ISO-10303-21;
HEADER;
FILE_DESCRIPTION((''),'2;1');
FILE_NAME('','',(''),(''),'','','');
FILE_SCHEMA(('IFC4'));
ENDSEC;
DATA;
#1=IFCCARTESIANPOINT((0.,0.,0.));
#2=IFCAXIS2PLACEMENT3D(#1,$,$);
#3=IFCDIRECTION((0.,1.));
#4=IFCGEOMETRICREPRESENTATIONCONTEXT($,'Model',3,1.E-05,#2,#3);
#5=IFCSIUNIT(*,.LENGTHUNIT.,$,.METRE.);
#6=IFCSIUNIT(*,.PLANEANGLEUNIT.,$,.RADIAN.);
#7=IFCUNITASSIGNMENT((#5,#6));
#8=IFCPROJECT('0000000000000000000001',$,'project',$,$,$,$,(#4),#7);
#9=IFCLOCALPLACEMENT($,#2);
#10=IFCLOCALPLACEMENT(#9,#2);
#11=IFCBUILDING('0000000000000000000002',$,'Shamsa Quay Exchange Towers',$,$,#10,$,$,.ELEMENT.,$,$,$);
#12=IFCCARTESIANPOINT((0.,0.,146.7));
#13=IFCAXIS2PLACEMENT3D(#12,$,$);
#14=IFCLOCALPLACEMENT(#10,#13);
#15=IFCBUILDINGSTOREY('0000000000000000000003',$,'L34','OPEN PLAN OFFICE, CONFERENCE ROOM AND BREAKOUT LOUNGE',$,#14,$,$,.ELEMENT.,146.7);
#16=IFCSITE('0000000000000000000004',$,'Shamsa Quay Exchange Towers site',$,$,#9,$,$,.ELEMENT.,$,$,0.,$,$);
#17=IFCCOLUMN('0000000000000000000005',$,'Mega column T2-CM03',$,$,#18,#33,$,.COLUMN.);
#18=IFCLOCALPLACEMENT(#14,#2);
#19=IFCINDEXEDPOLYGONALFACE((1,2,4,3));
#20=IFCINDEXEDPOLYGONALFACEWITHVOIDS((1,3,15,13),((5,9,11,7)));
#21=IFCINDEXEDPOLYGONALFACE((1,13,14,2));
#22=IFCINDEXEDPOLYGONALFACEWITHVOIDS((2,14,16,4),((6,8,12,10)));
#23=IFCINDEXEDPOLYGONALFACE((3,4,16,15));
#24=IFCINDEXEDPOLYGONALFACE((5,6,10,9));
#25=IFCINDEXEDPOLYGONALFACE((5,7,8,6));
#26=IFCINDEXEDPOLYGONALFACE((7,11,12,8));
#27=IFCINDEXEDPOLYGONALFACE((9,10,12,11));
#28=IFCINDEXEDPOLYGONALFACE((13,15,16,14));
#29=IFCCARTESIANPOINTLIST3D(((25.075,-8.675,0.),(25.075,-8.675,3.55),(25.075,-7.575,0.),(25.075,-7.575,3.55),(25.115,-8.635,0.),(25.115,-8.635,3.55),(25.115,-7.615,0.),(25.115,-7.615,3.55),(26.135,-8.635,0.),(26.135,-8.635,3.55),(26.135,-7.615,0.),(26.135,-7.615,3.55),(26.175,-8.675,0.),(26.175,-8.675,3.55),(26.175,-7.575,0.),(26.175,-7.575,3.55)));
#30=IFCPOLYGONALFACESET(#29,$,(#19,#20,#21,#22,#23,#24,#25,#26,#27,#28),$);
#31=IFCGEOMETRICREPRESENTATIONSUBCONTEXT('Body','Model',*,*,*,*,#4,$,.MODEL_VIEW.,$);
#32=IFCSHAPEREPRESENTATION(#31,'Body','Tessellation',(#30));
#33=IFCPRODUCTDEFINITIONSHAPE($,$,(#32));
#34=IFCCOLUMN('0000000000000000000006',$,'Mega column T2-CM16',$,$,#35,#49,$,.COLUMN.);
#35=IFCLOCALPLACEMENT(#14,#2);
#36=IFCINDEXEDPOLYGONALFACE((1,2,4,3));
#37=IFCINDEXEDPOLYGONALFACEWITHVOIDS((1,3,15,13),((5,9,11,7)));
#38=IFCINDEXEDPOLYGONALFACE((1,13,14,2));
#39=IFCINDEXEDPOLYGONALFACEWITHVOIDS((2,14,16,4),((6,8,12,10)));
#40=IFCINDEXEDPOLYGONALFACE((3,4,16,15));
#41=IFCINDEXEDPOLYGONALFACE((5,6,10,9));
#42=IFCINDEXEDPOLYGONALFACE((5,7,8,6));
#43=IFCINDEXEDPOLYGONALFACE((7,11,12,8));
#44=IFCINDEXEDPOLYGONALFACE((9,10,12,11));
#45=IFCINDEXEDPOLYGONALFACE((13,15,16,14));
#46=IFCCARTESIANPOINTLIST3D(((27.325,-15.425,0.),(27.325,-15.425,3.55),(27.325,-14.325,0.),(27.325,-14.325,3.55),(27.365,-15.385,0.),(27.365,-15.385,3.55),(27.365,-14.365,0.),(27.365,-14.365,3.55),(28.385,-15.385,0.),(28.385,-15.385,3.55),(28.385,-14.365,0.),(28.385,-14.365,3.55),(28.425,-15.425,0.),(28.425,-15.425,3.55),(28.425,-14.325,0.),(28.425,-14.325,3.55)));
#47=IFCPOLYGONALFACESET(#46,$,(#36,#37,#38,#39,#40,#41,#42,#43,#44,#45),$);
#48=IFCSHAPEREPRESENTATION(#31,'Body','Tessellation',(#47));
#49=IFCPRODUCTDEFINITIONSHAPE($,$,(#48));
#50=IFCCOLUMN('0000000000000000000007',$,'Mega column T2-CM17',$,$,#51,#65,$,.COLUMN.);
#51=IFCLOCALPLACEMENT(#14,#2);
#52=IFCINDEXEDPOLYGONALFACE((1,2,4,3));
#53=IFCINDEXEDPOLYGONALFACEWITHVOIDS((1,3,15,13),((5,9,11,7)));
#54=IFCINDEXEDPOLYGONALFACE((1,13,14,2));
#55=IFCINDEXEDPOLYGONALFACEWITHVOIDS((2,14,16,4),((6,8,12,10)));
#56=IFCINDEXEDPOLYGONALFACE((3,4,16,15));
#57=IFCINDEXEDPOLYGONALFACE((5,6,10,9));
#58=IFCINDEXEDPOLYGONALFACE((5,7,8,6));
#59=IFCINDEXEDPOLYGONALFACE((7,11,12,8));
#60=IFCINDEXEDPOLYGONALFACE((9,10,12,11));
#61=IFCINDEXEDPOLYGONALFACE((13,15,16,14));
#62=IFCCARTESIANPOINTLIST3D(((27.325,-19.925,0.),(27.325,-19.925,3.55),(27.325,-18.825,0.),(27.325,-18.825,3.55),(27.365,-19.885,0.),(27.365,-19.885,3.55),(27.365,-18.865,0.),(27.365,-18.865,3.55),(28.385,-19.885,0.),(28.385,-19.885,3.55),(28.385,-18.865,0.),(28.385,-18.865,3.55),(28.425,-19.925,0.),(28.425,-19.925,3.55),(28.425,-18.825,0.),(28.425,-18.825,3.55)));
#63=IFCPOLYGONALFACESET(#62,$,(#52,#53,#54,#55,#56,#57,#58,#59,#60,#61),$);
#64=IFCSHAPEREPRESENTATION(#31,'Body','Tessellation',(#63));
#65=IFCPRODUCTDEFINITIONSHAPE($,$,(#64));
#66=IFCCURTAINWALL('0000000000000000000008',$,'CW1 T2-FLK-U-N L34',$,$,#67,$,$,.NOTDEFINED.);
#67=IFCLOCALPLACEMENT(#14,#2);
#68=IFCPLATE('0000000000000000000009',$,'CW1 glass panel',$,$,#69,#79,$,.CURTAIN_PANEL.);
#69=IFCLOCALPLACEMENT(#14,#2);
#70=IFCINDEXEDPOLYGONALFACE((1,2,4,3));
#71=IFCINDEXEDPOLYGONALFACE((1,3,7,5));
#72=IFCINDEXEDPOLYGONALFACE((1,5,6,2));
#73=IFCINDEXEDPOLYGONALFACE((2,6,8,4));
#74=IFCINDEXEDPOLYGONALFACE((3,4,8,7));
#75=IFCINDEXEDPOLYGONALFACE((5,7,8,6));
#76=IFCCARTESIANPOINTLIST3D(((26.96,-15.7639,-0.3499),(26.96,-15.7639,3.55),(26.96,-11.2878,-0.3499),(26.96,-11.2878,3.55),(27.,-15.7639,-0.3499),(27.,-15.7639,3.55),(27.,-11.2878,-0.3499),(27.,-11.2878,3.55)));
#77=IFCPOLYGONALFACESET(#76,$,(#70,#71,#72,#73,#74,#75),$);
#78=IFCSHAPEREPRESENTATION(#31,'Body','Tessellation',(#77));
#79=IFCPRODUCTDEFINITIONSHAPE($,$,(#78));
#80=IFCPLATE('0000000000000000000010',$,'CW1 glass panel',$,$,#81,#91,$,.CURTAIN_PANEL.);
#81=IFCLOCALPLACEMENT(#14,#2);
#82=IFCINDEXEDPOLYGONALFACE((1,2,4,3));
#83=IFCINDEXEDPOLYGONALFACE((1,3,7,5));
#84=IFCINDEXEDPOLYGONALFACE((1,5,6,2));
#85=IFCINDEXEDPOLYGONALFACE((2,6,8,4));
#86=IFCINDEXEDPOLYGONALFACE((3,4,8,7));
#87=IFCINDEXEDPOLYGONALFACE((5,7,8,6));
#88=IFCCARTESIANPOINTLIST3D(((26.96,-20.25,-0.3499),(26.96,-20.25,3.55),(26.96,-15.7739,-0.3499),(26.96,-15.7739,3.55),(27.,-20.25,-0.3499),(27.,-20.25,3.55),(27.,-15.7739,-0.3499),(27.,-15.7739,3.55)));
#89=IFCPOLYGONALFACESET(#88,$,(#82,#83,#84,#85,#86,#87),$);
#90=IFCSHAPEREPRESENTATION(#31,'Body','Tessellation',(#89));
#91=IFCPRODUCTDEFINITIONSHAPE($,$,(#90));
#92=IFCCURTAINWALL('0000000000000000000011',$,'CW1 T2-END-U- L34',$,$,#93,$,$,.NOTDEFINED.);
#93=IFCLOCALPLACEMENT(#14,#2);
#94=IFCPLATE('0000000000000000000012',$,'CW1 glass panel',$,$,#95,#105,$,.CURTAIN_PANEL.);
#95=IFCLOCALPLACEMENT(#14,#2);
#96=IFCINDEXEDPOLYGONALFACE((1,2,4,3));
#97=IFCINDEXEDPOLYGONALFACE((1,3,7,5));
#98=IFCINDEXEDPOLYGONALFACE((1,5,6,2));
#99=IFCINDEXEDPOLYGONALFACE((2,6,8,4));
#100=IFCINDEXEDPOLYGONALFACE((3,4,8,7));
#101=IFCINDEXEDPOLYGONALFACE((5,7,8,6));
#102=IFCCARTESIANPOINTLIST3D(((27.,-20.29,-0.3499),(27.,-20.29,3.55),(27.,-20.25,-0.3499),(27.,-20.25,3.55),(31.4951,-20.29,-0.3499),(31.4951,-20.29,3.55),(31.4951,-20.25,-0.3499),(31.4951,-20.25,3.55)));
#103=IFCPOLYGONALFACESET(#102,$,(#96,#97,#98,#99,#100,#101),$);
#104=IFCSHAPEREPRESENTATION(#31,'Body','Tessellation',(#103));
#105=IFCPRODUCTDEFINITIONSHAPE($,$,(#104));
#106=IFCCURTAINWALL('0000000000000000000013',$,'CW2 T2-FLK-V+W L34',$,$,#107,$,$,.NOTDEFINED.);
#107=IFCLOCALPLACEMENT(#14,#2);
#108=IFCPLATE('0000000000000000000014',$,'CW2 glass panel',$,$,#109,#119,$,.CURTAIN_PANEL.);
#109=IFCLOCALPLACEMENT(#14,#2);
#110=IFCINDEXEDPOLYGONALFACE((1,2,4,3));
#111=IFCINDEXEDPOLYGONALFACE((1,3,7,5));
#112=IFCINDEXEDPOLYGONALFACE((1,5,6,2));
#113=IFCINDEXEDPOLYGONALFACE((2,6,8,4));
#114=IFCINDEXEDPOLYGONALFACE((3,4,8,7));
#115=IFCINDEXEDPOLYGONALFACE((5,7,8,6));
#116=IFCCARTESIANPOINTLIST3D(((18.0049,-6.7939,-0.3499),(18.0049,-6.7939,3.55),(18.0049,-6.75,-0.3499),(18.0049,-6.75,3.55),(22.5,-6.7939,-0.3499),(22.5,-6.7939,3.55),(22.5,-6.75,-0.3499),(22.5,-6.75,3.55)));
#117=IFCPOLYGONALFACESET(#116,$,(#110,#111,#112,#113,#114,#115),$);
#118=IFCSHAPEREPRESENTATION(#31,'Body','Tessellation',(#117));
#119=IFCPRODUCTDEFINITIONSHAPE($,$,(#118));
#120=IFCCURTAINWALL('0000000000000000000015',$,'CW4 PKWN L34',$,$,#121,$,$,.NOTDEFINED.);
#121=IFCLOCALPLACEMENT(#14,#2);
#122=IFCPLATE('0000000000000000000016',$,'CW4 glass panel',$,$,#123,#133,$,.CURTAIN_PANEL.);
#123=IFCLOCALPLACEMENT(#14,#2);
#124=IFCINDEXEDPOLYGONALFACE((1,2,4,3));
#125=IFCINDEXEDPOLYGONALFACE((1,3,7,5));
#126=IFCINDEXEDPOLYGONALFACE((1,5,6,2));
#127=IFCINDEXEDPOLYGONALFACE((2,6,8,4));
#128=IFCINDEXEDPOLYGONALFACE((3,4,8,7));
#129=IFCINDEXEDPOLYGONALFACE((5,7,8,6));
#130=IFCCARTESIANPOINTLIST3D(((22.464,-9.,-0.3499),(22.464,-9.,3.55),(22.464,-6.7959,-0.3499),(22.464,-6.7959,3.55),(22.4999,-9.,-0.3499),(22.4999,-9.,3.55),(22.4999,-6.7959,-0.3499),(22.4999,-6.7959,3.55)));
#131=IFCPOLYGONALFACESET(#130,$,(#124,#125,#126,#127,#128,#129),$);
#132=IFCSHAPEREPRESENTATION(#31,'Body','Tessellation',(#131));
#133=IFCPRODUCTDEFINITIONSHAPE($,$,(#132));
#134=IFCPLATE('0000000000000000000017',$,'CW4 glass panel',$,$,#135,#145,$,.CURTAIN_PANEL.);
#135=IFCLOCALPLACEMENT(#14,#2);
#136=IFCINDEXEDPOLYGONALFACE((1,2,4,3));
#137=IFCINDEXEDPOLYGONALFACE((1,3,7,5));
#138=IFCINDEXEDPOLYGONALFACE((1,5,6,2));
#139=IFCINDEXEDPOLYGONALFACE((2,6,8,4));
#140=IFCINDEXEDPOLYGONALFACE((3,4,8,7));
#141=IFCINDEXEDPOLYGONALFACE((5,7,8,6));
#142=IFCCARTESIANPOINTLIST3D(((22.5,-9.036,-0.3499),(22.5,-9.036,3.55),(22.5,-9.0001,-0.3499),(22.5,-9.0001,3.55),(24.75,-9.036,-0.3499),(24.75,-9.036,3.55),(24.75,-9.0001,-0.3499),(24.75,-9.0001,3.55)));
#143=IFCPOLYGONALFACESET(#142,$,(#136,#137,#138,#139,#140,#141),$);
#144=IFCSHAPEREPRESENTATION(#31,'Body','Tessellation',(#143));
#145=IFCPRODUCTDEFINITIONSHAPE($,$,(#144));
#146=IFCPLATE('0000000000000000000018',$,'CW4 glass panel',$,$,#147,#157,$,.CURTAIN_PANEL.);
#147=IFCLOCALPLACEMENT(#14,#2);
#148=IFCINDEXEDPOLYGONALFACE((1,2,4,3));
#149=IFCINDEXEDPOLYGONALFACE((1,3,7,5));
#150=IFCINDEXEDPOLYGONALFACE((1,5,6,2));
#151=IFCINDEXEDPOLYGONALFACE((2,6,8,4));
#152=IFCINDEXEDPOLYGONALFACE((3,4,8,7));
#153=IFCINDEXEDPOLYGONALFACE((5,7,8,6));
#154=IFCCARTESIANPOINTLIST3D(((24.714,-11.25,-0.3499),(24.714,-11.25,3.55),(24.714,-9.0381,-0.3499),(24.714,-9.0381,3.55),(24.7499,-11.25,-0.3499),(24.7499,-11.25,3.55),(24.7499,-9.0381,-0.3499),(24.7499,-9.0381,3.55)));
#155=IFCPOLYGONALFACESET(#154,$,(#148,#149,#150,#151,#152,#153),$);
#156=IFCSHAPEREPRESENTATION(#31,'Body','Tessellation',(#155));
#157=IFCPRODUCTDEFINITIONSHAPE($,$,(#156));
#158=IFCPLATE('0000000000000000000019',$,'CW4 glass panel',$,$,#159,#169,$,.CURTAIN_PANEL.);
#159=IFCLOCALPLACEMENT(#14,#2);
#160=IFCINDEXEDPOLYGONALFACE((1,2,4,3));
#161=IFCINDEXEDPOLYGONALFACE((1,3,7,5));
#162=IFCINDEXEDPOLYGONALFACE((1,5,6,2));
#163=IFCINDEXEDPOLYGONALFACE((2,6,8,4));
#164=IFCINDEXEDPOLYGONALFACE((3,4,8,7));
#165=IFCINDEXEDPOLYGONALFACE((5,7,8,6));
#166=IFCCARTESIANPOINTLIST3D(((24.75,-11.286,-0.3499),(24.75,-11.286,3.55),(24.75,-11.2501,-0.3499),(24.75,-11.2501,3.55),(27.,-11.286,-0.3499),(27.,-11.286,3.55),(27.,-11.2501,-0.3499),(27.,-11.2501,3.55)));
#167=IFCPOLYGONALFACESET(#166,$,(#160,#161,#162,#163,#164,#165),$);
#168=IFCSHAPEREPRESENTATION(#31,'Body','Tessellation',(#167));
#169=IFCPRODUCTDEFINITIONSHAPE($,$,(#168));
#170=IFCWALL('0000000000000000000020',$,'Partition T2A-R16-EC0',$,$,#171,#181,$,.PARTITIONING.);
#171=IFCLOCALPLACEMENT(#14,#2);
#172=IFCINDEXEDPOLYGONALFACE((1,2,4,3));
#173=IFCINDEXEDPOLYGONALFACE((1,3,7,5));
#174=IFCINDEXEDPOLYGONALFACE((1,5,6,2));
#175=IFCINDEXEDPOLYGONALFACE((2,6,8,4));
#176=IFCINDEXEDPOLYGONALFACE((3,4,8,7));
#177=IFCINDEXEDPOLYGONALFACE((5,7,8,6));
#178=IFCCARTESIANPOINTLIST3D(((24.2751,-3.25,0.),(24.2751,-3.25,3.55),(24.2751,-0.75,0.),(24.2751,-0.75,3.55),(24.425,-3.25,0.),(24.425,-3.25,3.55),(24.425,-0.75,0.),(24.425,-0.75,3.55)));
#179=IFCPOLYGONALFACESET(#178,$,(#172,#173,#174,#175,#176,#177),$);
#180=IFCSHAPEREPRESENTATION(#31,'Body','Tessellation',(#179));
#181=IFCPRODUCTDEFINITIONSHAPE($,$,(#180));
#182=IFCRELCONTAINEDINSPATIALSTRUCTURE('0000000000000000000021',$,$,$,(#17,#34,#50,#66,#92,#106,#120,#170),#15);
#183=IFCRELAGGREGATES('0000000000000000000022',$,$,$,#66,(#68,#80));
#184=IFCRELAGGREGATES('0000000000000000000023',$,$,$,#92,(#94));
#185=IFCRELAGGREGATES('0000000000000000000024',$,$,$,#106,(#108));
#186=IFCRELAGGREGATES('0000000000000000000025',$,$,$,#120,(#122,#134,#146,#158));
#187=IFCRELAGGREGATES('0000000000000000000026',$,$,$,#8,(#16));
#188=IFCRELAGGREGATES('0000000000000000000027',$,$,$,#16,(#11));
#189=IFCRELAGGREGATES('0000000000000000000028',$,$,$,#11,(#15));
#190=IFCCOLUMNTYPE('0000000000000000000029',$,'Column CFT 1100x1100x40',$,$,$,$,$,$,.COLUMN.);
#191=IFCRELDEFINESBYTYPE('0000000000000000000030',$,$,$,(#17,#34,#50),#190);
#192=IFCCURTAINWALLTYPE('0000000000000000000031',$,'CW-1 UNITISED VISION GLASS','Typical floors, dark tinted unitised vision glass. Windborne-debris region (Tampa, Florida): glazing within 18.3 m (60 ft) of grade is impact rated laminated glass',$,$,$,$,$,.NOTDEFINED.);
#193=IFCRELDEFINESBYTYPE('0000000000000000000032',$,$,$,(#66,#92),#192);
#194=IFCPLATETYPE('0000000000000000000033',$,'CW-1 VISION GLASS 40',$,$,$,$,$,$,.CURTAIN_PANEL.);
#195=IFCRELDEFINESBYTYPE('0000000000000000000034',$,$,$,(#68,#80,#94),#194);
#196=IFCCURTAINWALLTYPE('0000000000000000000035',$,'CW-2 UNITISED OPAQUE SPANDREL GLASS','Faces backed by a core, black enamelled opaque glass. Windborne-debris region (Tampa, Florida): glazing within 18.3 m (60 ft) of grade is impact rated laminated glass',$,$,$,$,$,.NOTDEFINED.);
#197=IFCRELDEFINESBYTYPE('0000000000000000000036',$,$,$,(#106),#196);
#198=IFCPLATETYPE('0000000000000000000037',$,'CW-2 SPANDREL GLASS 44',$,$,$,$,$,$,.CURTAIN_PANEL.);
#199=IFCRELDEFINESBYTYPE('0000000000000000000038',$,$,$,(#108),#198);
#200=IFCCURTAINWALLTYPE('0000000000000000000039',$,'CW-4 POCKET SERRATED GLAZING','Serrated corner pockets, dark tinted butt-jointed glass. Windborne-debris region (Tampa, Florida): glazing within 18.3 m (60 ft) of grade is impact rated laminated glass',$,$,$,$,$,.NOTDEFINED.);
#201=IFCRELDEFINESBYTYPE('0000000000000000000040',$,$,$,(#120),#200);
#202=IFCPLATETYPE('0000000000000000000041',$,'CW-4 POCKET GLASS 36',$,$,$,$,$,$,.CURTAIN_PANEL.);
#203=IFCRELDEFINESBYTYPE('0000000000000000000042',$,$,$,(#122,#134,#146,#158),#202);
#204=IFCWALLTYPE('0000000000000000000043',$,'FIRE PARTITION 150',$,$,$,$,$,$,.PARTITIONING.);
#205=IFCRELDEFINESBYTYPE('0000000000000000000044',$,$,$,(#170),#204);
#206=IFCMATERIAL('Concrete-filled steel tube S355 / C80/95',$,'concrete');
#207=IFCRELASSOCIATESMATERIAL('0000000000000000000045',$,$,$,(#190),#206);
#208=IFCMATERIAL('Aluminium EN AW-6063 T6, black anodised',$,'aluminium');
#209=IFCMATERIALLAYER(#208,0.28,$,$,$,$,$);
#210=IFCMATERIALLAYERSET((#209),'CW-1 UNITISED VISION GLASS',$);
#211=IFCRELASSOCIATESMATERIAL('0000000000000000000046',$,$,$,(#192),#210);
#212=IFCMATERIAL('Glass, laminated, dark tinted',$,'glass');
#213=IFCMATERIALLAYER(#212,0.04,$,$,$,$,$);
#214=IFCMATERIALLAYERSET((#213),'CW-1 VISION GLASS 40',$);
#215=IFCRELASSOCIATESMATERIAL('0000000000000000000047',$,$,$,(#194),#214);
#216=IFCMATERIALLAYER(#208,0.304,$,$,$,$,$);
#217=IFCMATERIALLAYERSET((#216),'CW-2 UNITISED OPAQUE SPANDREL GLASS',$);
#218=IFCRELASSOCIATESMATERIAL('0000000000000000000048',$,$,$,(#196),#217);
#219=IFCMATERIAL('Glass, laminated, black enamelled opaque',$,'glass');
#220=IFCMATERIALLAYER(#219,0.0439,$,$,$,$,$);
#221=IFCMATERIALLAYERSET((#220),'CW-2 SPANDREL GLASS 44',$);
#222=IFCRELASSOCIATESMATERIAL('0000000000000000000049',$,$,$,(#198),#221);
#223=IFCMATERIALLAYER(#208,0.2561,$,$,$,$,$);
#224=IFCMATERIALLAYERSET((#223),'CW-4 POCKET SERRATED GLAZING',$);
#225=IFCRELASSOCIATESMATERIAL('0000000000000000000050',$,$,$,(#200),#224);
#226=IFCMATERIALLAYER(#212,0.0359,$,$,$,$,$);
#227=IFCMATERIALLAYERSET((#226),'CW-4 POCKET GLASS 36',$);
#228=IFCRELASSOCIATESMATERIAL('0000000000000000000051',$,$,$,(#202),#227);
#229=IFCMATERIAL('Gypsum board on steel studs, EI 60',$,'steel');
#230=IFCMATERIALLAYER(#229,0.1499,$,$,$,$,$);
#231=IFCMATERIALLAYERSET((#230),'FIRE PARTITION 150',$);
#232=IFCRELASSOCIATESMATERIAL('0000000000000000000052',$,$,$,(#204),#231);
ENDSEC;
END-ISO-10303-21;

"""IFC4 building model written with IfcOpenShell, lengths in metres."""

from ifc_helpers import new_model, si_unit, direction, frame, frame_2d, origin, origin_2d, place, context, subcontext, project, spatial, rectangle, hollow_rectangle, extrude, material, layer, layer_set, material_profile, profile_set, type_object, element, aggregate, save


model = new_model("IFC4")

# Units and contexts
model_context = context("Model", 3, precision=1e-05, world=origin(), true_north=direction((0.0, 1.0)))
body_context = subcontext(model_context, "Body", "Model", "MODEL_VIEW")
ifc_project = project(units=[si_unit("LENGTHUNIT", "METRE"), si_unit("PLANEANGLEUNIT", "RADIAN")], contexts=[model_context])

# Site, building, storey
site_placement = place(None, origin())
site = spatial("IfcSite", under=ifc_project, at=site_placement, Name="Shamsa Quay Exchange Towers site", CompositionType="ELEMENT", RefElevation=0.0)
building_placement = place(site_placement, origin())
building = spatial("IfcBuilding", under=site, at=building_placement, Name="Shamsa Quay Exchange Towers", CompositionType="ELEMENT")
storey_placement = place(building_placement, frame((0.0, 0.0, 146.7)))
storey = spatial("IfcBuildingStorey", under=building, at=storey_placement, Name="L34", Description="OPEN PLAN OFFICE, CONFERENCE ROOM AND BREAKOUT LOUNGE", CompositionType="ELEMENT", Elevation=146.7)

# Columns
ifc_material_1 = material(Name="Concrete-filled steel tube S355 / C80/95", Category="concrete")
ifc_material_profile_1 = material_profile(ifc_material_1, hollow_rectangle(XDim=1.1001, YDim=1.1001, WallThickness=0.04, at=origin_2d()), Name="CFT 1100x1100x40")
ifc_profile_set_1 = profile_set([ifc_material_profile_1], Name="Concrete-filled steel tube S355 / C80/95")
column_type = type_object("IfcColumnType", Name="Column CFT 1100x1100x40", PredefinedType="COLUMN", material=ifc_profile_set_1)
for number, where, name in (
    (1, (25.625, -8.125, 0.0), "Mega column T2-CM03"),
    (2, (27.875, -14.875, 0.0), "Mega column T2-CM16"),
    (3, (27.875, -19.375, 0.0), "Mega column T2-CM17"),
):
    element("IfcColumn", number, at=place(storey_placement, frame(where)), inside=storey, type_object=column_type, Name=name, PredefinedType="COLUMN", context=body_context, shape_type="SweptSolid", body=[
        extrude(hollow_rectangle(XDim=1.1001, YDim=1.1001, WallThickness=0.04, at=origin_2d()), origin(), (0.0, 0.0, 1.0), 3.55),
    ])

# Curtain wall, plates
ifc_material_2 = material(Name="Aluminium EN AW-6063 T6, black anodised", Category="aluminium")
ifc_layer_1 = layer(ifc_material_2, 0.28)
ifc_layer_set_1 = layer_set([ifc_layer_1], Name="CW-1 UNITISED VISION GLASS")
curtain_wall_type_1 = type_object("IfcCurtainWallType", Name="CW-1 UNITISED VISION GLASS", Description="Typical floors, dark tinted unitised vision glass. Windborne-debris region (Tampa, Florida): glazing within 18.3 m (60 ft) of grade is impact rated laminated glass", PredefinedType="NOTDEFINED", material=ifc_layer_set_1)
curtain_wall_1_placement = place(storey_placement, origin())
curtain_wall_1 = element("IfcCurtainWall", 4, at=curtain_wall_1_placement, inside=storey, type_object=curtain_wall_type_1, Name="CW1 T2-FLK-U-N L34", PredefinedType="NOTDEFINED")
ifc_material_3 = material(Name="Glass, laminated, dark tinted", Category="glass")
ifc_layer_2 = layer(ifc_material_3, 0.04)
ifc_layer_set_2 = layer_set([ifc_layer_2], Name="CW-1 VISION GLASS 40")
plate_type_1 = type_object("IfcPlateType", Name="CW-1 VISION GLASS 40", PredefinedType="CURTAIN_PANEL", material=ifc_layer_set_2)
plate_1_placement = place(storey_placement, frame((26.98, -13.5259, -0.3499), z_axis=(0.0, 0.0, 1.0), x_axis=(0.0, -1.0, 0.0)))
plate_1 = element("IfcPlate", 5, at=plate_1_placement, type_object=plate_type_1, Name="CW1 glass panel", PredefinedType="CURTAIN_PANEL", context=body_context, shape_type="SweptSolid", body=[
    extrude(rectangle(XDim=4.4761, YDim=0.04, at=origin_2d()), origin(), (0.0, 0.0, 1.0), 3.8999),
])
plate_2_placement = place(storey_placement, frame((26.98, -18.012, -0.3499), z_axis=(0.0, 0.0, 1.0), x_axis=(0.0, -1.0, 0.0)))
plate_2 = element("IfcPlate", 6, at=plate_2_placement, type_object=plate_type_1, Name="CW1 glass panel", PredefinedType="CURTAIN_PANEL", context=body_context, shape_type="SweptSolid", body=[
    extrude(rectangle(XDim=4.4761, YDim=0.04, at=origin_2d()), origin(), (0.0, 0.0, 1.0), 3.8999),
])
aggregate(curtain_wall_1, [plate_1, plate_2])

# Curtain walls, plates
curtain_wall_2_placement = place(storey_placement, origin())
curtain_wall_2 = element("IfcCurtainWall", 7, at=curtain_wall_2_placement, inside=storey, type_object=curtain_wall_type_1, Name="CW1 T2-END-U- L34", PredefinedType="NOTDEFINED")
plate_3_placement = place(storey_placement, frame((29.2476, -20.27, -0.3499)))
plate_3 = element("IfcPlate", 8, at=plate_3_placement, type_object=plate_type_1, Name="CW1 glass panel", PredefinedType="CURTAIN_PANEL", context=body_context, shape_type="SweptSolid", body=[
    extrude(rectangle(XDim=4.4951, YDim=0.04, at=origin_2d()), origin(), (0.0, 0.0, 1.0), 3.8999),
])
aggregate(curtain_wall_2, [plate_3])
ifc_layer_3 = layer(ifc_material_2, 0.304)
ifc_layer_set_3 = layer_set([ifc_layer_3], Name="CW-2 UNITISED OPAQUE SPANDREL GLASS")
curtain_wall_type_2 = type_object("IfcCurtainWallType", Name="CW-2 UNITISED OPAQUE SPANDREL GLASS", Description="Faces backed by a core, black enamelled opaque glass. Windborne-debris region (Tampa, Florida): glazing within 18.3 m (60 ft) of grade is impact rated laminated glass", PredefinedType="NOTDEFINED", material=ifc_layer_set_3)
curtain_wall_3_placement = place(storey_placement, origin())
curtain_wall_3 = element("IfcCurtainWall", 9, at=curtain_wall_3_placement, inside=storey, type_object=curtain_wall_type_2, Name="CW2 T2-FLK-V+W L34", PredefinedType="NOTDEFINED")
ifc_material_4 = material(Name="Glass, laminated, black enamelled opaque", Category="glass")
ifc_layer_4 = layer(ifc_material_4, 0.0439)
ifc_layer_set_4 = layer_set([ifc_layer_4], Name="CW-2 SPANDREL GLASS 44")
plate_type_2 = type_object("IfcPlateType", Name="CW-2 SPANDREL GLASS 44", PredefinedType="CURTAIN_PANEL", material=ifc_layer_set_4)
plate_4_placement = place(storey_placement, frame((20.2524, -6.772, -0.3499)))
plate_4 = element("IfcPlate", 10, at=plate_4_placement, type_object=plate_type_2, Name="CW2 glass panel", PredefinedType="CURTAIN_PANEL", context=body_context, shape_type="SweptSolid", body=[
    extrude(rectangle(XDim=4.4951, YDim=0.0439, at=origin_2d()), origin(), (0.0, 0.0, 1.0), 3.8999),
])
aggregate(curtain_wall_3, [plate_4])

# Curtain wall, plates
ifc_layer_5 = layer(ifc_material_2, 0.2561)
ifc_layer_set_5 = layer_set([ifc_layer_5], Name="CW-4 POCKET SERRATED GLAZING")
curtain_wall_type_3 = type_object("IfcCurtainWallType", Name="CW-4 POCKET SERRATED GLAZING", Description="Serrated corner pockets, dark tinted butt-jointed glass. Windborne-debris region (Tampa, Florida): glazing within 18.3 m (60 ft) of grade is impact rated laminated glass", PredefinedType="NOTDEFINED", material=ifc_layer_set_5)
curtain_wall_4_placement = place(storey_placement, origin())
curtain_wall_4 = element("IfcCurtainWall", 11, at=curtain_wall_4_placement, inside=storey, type_object=curtain_wall_type_3, Name="CW4 PKWN L34", PredefinedType="NOTDEFINED")
ifc_layer_6 = layer(ifc_material_3, 0.0359)
ifc_layer_set_6 = layer_set([ifc_layer_6], Name="CW-4 POCKET GLASS 36")
plate_type_3 = type_object("IfcPlateType", Name="CW-4 POCKET GLASS 36", PredefinedType="CURTAIN_PANEL", material=ifc_layer_set_6)
plate_5_placement = place(storey_placement, frame((22.4819, -7.8979, -0.3499), z_axis=(0.0, 0.0, 1.0), x_axis=(0.0, -1.0, 0.0)))
plate_5 = element("IfcPlate", 12, at=plate_5_placement, type_object=plate_type_3, Name="CW4 glass panel", PredefinedType="CURTAIN_PANEL", context=body_context, shape_type="SweptSolid", body=[
    extrude(rectangle(XDim=2.2041, YDim=0.0359, at=origin_2d()), origin(), (0.0, 0.0, 1.0), 3.8999),
])
plate_6_placement = place(storey_placement, frame((23.625, -9.0181, -0.3499)))
plate_6 = element("IfcPlate", 13, at=plate_6_placement, type_object=plate_type_3, Name="CW4 glass panel", PredefinedType="CURTAIN_PANEL", context=body_context, shape_type="SweptSolid", body=[
    extrude(rectangle(XDim=2.25, YDim=0.0359, at=origin_2d()), origin(), (0.0, 0.0, 1.0), 3.8999),
])
plate_7_placement = place(storey_placement, frame((24.7319, -10.144, -0.3499), z_axis=(0.0, 0.0, 1.0), x_axis=(0.0, -1.0, 0.0)))
plate_7 = element("IfcPlate", 14, at=plate_7_placement, type_object=plate_type_3, Name="CW4 glass panel", PredefinedType="CURTAIN_PANEL", context=body_context, shape_type="SweptSolid", body=[
    extrude(rectangle(XDim=2.2119, YDim=0.0359, at=origin_2d()), origin(), (0.0, 0.0, 1.0), 3.8999),
])
plate_8_placement = place(storey_placement, frame((25.875, -11.2681, -0.3499)))
plate_8 = element("IfcPlate", 15, at=plate_8_placement, type_object=plate_type_3, Name="CW4 glass panel", PredefinedType="CURTAIN_PANEL", context=body_context, shape_type="SweptSolid", body=[
    extrude(rectangle(XDim=2.25, YDim=0.0359, at=origin_2d()), origin(), (0.0, 0.0, 1.0), 3.8999),
])
aggregate(curtain_wall_4, [plate_5, plate_6, plate_7, plate_8])

# Wall
ifc_material_5 = material(Name="Gypsum board on steel studs, EI 60", Category="steel")
ifc_layer_7 = layer(ifc_material_5, 0.1499)
ifc_layer_set_7 = layer_set([ifc_layer_7], Name="FIRE PARTITION 150")
wall_type_1 = type_object("IfcWallType", Name="FIRE PARTITION 150", PredefinedType="PARTITIONING", material=ifc_layer_set_7)
wall_1_placement = place(storey_placement, frame((24.3501, -3.25, 0.0), z_axis=(0.0, 0.0, 1.0), x_axis=(0.0, 1.0, 0.0)))
element("IfcWall", 16, at=wall_1_placement, inside=storey, type_object=wall_type_1, Name="Partition T2A-R16-EC0", PredefinedType="PARTITIONING", context=body_context, shape_type="SweptSolid", body=[
    extrude(rectangle(XDim=2.5, YDim=0.1499, at=frame_2d((1.25, 0.0))), origin(), (0.0, 0.0, 1.0), 3.55),
])

save(model, "model.ifc")
